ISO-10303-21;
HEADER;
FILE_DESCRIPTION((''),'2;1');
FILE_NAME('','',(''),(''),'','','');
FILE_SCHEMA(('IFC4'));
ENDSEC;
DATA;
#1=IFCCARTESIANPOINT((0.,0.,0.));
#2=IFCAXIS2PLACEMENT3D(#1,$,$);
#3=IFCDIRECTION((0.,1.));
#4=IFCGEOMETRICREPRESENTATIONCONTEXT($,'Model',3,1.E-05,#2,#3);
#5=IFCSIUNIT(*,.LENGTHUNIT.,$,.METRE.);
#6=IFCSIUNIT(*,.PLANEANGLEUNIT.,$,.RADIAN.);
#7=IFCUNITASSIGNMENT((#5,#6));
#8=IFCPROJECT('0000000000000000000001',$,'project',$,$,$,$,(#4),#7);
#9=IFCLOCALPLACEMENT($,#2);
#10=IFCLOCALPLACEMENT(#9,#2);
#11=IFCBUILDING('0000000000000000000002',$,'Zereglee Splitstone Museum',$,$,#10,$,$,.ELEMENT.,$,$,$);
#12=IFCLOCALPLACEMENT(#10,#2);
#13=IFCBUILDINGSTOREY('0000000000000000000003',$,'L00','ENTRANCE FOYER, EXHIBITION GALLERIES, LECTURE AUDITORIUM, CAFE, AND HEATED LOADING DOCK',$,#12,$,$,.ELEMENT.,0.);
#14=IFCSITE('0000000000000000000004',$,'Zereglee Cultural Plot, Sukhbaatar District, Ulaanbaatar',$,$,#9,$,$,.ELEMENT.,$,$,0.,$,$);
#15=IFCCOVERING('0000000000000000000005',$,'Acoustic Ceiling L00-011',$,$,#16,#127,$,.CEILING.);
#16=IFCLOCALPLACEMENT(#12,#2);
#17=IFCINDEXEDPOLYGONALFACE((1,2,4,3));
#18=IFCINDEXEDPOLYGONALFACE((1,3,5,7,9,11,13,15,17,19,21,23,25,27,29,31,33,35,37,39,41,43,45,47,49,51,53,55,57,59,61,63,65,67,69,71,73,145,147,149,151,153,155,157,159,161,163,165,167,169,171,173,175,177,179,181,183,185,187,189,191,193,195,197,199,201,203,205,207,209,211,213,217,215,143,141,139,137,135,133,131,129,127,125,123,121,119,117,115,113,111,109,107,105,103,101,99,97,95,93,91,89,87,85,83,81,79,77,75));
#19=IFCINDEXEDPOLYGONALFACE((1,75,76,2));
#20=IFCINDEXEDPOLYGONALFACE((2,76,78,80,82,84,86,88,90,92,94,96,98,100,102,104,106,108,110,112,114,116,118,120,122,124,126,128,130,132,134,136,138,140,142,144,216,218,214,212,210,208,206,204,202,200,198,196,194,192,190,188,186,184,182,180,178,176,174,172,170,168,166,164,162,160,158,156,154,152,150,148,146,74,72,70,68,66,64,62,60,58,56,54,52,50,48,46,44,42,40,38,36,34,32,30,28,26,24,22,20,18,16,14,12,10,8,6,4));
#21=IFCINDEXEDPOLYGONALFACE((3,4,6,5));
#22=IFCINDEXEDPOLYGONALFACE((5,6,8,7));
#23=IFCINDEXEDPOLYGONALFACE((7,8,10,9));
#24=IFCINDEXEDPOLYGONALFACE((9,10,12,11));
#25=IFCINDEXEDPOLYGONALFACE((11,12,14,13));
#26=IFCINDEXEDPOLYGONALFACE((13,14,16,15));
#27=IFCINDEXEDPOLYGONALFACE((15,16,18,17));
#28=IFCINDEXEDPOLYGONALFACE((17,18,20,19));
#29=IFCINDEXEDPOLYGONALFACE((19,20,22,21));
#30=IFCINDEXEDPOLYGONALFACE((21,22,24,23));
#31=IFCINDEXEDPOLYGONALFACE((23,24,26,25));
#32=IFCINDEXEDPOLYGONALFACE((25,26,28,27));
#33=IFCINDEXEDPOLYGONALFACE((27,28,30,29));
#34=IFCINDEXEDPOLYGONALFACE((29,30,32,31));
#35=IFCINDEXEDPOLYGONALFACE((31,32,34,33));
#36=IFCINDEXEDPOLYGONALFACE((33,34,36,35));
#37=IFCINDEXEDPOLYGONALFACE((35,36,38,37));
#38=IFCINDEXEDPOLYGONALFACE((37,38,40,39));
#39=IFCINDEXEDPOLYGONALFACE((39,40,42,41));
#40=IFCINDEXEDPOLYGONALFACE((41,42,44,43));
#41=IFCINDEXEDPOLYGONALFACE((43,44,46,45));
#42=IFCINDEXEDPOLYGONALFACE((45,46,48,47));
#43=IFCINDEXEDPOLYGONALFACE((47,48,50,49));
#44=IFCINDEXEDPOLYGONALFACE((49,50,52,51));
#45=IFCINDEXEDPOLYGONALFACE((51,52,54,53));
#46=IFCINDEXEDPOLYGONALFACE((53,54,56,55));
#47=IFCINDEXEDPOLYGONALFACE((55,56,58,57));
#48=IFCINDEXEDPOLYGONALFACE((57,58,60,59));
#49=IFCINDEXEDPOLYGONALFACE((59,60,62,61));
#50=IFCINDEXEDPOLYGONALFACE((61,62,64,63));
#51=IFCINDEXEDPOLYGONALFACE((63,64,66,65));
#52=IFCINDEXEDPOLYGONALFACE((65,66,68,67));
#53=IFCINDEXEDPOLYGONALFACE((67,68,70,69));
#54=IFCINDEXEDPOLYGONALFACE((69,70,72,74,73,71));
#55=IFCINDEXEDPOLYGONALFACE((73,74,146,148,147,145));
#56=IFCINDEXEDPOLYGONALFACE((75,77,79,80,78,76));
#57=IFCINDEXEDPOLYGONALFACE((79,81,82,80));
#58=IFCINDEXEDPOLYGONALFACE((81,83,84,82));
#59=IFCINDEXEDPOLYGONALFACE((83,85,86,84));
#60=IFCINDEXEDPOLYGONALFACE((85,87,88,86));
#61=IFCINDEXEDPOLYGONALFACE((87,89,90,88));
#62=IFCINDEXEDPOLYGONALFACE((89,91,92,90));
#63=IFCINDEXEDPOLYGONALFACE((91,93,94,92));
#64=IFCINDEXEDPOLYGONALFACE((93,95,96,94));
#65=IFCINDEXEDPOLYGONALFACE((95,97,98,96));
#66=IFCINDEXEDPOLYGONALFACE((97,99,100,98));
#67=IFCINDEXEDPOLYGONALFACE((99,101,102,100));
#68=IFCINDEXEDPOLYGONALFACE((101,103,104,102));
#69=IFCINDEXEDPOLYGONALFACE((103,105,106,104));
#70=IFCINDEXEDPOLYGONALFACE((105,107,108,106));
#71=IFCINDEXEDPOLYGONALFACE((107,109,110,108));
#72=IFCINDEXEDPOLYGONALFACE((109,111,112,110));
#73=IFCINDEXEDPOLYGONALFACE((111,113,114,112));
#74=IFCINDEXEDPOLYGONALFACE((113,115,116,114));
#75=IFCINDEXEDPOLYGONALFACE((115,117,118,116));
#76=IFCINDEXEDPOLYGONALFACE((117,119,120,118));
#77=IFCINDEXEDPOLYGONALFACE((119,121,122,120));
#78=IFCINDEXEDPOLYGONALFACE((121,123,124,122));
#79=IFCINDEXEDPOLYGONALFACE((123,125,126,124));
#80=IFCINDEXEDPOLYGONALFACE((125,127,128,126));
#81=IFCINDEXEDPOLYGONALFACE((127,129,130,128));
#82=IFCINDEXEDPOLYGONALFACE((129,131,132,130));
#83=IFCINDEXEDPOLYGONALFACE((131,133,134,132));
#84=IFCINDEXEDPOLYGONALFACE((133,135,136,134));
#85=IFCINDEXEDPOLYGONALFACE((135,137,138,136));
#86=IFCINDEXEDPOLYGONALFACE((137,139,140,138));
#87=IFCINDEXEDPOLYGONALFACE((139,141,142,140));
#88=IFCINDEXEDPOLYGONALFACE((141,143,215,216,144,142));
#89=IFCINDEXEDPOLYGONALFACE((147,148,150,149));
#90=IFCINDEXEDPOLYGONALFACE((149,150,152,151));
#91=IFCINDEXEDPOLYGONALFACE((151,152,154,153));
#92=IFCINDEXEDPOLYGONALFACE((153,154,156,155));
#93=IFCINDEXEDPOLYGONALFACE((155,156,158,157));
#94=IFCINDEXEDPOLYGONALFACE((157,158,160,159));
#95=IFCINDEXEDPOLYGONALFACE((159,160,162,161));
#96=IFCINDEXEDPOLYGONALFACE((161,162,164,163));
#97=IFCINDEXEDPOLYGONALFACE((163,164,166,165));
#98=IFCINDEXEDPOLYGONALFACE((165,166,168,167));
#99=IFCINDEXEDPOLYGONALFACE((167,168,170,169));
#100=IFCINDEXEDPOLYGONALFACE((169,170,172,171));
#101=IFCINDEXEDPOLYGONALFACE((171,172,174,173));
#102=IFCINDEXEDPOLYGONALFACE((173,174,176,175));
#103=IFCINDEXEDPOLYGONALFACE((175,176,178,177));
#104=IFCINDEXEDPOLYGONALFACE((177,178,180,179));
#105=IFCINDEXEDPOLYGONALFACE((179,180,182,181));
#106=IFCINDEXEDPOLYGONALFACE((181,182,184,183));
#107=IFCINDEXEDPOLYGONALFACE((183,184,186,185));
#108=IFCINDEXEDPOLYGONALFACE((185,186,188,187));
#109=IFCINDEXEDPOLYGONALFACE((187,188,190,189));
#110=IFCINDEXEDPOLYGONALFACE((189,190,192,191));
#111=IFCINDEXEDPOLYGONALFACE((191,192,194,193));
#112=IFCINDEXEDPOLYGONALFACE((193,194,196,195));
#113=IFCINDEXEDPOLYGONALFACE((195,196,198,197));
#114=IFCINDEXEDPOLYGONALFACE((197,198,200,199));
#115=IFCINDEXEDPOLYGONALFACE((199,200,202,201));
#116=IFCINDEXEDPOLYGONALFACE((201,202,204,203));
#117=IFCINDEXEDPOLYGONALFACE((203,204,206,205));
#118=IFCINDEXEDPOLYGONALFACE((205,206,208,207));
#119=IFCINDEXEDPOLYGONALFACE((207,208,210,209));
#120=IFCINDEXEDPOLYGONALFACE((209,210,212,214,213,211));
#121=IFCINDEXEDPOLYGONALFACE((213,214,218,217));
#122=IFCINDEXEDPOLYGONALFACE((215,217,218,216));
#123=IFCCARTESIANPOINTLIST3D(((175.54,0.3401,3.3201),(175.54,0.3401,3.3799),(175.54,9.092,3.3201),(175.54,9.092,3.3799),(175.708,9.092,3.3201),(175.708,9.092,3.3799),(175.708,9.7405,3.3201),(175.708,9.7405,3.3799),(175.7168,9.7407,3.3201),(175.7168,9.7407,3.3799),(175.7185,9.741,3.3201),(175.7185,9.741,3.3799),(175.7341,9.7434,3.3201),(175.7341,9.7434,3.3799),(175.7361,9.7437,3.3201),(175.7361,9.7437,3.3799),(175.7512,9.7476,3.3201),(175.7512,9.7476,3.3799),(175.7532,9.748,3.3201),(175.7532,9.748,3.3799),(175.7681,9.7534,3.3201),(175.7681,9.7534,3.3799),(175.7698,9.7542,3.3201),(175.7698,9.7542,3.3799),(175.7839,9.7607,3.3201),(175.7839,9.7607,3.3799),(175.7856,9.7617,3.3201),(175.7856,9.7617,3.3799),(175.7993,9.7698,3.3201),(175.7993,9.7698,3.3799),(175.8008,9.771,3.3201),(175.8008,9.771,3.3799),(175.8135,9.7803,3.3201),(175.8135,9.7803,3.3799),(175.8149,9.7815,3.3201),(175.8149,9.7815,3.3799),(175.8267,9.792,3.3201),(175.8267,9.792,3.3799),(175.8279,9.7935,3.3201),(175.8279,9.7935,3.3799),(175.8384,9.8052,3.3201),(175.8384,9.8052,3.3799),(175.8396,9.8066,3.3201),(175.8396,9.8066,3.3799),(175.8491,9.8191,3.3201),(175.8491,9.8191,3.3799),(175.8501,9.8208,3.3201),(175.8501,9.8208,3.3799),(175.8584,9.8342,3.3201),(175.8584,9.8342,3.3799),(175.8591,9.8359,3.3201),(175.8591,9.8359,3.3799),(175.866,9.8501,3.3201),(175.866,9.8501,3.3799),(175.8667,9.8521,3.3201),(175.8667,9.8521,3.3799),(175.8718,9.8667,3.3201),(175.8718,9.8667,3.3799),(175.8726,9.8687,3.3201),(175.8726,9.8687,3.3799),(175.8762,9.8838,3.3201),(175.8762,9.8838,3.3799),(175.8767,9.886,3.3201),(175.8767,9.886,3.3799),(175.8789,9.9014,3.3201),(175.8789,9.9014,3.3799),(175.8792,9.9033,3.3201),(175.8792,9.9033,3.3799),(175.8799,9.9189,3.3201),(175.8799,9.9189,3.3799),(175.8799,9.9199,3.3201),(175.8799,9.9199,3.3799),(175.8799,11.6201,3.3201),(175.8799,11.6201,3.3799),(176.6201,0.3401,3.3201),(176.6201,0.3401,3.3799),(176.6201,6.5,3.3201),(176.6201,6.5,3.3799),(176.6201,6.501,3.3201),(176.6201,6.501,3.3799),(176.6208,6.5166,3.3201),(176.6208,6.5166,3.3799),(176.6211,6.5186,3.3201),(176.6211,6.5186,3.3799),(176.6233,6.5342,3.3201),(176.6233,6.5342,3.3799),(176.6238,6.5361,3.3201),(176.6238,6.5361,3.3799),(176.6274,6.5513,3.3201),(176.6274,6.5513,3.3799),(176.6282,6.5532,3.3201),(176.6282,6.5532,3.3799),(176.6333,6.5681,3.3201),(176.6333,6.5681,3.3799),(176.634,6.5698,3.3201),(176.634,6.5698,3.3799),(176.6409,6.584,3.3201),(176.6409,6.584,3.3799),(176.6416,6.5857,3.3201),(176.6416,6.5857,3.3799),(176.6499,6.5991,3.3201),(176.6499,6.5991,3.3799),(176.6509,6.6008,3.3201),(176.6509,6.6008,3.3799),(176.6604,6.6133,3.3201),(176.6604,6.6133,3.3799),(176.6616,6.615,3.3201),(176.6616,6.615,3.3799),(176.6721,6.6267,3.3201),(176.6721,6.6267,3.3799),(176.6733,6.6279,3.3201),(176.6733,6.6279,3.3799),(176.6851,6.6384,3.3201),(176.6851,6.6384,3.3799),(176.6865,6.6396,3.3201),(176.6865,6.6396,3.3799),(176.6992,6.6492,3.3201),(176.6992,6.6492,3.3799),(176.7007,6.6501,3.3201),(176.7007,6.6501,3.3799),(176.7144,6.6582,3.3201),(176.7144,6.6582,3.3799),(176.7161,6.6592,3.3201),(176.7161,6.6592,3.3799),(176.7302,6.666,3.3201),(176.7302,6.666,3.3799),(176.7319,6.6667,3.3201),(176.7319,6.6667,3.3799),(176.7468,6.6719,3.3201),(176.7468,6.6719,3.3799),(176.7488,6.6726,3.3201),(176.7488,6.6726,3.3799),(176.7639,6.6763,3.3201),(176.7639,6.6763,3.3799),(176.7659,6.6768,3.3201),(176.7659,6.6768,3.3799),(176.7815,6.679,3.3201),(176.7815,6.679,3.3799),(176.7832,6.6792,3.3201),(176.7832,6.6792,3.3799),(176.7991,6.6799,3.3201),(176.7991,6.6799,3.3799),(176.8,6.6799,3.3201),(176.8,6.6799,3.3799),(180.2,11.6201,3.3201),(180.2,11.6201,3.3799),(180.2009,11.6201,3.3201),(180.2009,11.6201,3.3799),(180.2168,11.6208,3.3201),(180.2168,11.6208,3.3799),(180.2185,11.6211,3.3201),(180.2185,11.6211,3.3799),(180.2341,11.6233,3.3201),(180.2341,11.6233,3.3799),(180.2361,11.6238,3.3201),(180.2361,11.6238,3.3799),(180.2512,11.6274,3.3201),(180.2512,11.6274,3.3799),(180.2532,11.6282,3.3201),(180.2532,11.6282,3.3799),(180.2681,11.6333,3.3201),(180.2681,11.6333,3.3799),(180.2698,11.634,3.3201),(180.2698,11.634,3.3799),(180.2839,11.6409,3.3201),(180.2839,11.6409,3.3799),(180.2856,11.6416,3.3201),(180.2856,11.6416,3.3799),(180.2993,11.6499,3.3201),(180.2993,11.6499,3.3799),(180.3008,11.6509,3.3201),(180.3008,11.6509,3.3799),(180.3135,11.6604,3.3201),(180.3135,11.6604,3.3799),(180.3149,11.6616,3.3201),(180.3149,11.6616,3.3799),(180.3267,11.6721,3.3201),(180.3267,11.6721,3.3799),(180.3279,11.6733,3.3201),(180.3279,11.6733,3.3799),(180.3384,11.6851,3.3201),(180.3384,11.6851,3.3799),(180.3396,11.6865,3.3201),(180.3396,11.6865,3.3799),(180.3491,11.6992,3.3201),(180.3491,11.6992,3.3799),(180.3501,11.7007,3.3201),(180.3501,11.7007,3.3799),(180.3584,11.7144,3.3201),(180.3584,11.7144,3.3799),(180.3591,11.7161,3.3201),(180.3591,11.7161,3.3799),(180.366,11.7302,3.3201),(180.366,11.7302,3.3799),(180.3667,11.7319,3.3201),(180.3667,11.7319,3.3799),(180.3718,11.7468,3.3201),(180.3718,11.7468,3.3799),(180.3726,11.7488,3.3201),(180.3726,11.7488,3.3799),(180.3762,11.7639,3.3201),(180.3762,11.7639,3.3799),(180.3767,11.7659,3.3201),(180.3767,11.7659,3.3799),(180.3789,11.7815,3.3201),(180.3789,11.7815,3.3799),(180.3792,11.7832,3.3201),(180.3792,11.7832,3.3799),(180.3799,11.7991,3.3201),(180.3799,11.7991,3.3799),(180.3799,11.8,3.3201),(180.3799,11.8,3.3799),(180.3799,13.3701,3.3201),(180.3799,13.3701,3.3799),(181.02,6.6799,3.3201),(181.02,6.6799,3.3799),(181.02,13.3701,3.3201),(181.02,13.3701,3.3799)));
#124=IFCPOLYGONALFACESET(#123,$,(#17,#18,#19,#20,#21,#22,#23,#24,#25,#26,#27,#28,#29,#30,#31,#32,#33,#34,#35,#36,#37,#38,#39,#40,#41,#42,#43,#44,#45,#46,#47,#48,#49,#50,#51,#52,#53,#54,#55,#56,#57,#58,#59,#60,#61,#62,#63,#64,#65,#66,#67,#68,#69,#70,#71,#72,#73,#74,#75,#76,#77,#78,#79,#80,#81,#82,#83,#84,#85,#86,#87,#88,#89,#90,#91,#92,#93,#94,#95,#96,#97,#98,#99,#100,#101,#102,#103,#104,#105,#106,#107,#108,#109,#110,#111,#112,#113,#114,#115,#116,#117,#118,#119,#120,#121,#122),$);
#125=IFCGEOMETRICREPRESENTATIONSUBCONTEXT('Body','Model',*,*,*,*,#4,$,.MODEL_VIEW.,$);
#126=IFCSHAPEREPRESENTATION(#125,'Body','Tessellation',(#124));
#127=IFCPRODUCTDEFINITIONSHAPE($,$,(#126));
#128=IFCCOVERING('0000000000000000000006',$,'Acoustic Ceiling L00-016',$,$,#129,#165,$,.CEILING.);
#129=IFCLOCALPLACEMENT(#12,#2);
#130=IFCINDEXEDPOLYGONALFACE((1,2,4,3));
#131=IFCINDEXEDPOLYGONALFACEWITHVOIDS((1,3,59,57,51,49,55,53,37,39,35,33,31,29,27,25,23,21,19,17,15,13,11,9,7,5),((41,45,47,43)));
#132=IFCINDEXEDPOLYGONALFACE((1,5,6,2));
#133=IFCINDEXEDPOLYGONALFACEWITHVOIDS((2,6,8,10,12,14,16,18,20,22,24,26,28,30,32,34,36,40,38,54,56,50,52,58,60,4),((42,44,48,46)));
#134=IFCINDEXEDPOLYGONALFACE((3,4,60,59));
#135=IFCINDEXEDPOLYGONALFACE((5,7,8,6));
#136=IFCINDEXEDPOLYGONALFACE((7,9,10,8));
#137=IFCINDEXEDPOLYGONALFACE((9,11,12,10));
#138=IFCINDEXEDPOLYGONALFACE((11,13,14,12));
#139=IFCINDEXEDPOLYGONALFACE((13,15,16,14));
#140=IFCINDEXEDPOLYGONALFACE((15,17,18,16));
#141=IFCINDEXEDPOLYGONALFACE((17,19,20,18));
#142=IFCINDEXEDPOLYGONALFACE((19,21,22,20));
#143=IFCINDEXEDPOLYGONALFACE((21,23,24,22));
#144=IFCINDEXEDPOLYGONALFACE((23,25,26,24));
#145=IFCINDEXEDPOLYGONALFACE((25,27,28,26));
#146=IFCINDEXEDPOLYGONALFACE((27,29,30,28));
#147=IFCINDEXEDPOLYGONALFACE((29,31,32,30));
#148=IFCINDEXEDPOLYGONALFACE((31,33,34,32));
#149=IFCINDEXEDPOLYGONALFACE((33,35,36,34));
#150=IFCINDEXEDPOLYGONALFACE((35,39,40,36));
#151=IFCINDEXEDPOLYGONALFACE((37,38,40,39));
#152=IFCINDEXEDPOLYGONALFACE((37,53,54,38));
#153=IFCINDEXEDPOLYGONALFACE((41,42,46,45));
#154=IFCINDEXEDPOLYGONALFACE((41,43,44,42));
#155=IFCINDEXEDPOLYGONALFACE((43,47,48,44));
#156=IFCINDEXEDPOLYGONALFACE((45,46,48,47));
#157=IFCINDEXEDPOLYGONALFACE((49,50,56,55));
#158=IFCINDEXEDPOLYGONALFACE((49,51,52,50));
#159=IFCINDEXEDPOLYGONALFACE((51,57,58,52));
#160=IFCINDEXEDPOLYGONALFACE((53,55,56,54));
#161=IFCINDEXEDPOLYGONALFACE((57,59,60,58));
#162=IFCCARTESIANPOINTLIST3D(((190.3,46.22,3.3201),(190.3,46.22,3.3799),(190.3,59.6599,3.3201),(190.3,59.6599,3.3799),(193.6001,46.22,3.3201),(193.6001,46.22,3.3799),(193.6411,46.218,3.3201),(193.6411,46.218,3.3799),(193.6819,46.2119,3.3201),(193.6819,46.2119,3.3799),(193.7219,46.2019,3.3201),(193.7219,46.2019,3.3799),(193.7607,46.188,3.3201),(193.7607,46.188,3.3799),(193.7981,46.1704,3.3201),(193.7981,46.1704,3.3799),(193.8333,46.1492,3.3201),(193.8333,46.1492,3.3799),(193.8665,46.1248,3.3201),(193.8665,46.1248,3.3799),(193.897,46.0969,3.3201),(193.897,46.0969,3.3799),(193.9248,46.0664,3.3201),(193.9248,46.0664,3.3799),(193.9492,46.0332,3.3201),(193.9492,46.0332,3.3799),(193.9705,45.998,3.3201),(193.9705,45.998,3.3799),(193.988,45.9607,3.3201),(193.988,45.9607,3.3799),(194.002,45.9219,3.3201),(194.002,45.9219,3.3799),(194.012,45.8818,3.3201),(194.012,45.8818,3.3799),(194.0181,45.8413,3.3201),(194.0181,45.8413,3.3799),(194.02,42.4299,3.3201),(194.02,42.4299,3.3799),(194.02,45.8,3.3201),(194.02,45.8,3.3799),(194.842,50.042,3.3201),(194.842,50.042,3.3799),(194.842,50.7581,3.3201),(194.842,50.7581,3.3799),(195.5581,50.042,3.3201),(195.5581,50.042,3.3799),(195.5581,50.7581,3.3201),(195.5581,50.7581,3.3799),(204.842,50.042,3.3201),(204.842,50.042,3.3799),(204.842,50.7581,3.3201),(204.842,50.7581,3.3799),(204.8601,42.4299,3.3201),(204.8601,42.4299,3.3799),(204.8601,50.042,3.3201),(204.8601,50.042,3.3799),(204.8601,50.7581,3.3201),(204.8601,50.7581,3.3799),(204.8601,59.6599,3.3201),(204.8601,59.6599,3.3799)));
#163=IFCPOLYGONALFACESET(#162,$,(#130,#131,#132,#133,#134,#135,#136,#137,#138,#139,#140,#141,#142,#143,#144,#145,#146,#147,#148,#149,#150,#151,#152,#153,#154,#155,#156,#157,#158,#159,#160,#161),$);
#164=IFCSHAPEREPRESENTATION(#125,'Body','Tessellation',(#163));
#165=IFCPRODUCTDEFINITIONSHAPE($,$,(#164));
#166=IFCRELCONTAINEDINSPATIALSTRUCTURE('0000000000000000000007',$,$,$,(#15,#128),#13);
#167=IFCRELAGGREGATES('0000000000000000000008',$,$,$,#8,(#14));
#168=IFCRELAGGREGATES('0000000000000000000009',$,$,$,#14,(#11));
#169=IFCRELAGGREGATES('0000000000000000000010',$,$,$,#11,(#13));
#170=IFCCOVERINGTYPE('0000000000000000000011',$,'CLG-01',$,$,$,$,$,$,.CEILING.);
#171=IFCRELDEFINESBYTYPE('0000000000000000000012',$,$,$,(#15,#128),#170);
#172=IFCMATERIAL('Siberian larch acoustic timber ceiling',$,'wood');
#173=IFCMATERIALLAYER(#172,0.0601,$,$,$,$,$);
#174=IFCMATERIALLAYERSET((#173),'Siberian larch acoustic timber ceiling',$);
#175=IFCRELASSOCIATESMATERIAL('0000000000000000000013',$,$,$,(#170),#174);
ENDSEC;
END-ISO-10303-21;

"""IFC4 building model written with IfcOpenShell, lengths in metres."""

from ifc_helpers import new_model, si_unit, direction, frame, origin, place, context, subcontext, project, spatial, polyline, outline, extrude, material, layer, layer_set, type_object, element, save


model = new_model("IFC4")

# Units and contexts
model_context = context("Model", 3, precision=1e-05, world=origin(), true_north=direction((0.0, 1.0)))
body_context = subcontext(model_context, "Body", "Model", "MODEL_VIEW")
ifc_project = project(units=[si_unit("LENGTHUNIT", "METRE"), si_unit("PLANEANGLEUNIT", "RADIAN")], contexts=[model_context])

# Site, building, storey
site_placement = place(None, origin())
site = spatial("IfcSite", under=ifc_project, at=site_placement, Name="Zereglee Cultural Plot, Sukhbaatar District, Ulaanbaatar", CompositionType="ELEMENT", RefElevation=0.0)
building_placement = place(site_placement, origin())
building = spatial("IfcBuilding", under=site, at=building_placement, Name="Zereglee Splitstone Museum", CompositionType="ELEMENT")
storey_placement = place(building_placement, origin())
storey = spatial("IfcBuildingStorey", under=building, at=storey_placement, Name="L00", Description="ENTRANCE FOYER, EXHIBITION GALLERIES, LECTURE AUDITORIUM, CAFE, AND HEATED LOADING DOCK", CompositionType="ELEMENT", Elevation=0.0)

# Coverings
ifc_material_1 = material(Name="Siberian larch acoustic timber ceiling", Category="wood")
ifc_layer_1 = layer(ifc_material_1, 0.0601)
ifc_layer_set_1 = layer_set([ifc_layer_1], Name="Siberian larch acoustic timber ceiling")
covering_type_1 = type_object("IfcCoveringType", Name="CLG-01", PredefinedType="CEILING", material=ifc_layer_set_1)
covering_1_placement = place(storey_placement, frame((0.0, 0.0, 3.3201)))
element("IfcCovering", 1, at=covering_1_placement, inside=storey, type_object=covering_type_1, Name="Acoustic Ceiling L00-011", PredefinedType="CEILING", context=body_context, shape_type="SweptSolid", body=[
    extrude(outline(polyline([(175.7168, 9.7407), (175.7185, 9.741), (175.7341, 9.7434), (175.7361, 9.7437), (175.7512, 9.7476), (175.7532, 9.748), (175.7681, 9.7534), (175.7698, 9.7542), (175.7839, 9.7607), (175.7856, 9.7617), (175.7993, 9.7698), (175.8008, 9.771), (175.8135, 9.7803), (175.8149, 9.7815), (175.8267, 9.792), (175.8279, 9.7935), (175.8384, 9.8052), (175.8396, 9.8066), (175.8491, 9.8191), (175.8501, 9.8208), (175.8584, 9.8342), (175.8591, 9.8359), (175.866, 9.8501), (175.8667, 9.8521), (175.8718, 9.8667), (175.8726, 9.8687), (175.8762, 9.8838), (175.8767, 9.886), (175.8789, 9.9014), (175.8792, 9.9033), (175.8799, 9.9189), (175.8799, 9.9199), (175.8799, 11.6201), (180.2, 11.6201), (180.2009, 11.6201), (180.2168, 11.6208), (180.2185, 11.6211), (180.2341, 11.6233), (180.2361, 11.6238), (180.2512, 11.6274), (180.2532, 11.6282), (180.2681, 11.6333), (180.2698, 11.634), (180.2839, 11.6409), (180.2856, 11.6416), (180.2993, 11.6499), (180.3008, 11.6509), (180.3135, 11.6604), (180.3149, 11.6616), (180.3267, 11.6721), (180.3279, 11.6733), (180.3384, 11.6851), (180.3396, 11.6865), (180.3491, 11.6992), (180.3501, 11.7007), (180.3584, 11.7144), (180.3591, 11.7161), (180.366, 11.7302), (180.3667, 11.7319), (180.3718, 11.7468), (180.3726, 11.7488), (180.3762, 11.7639), (180.3767, 11.7659), (180.3789, 11.7815), (180.3792, 11.7832), (180.3799, 11.7991), (180.3799, 11.8), (180.3799, 13.3701), (181.02, 13.3701), (181.02, 6.6799), (176.8, 6.6799), (176.7991, 6.6799), (176.7832, 6.6792), (176.7815, 6.679), (176.7659, 6.6768), (176.7639, 6.6763), (176.7488, 6.6726), (176.7468, 6.6719), (176.7319, 6.6667), (176.7302, 6.666), (176.7161, 6.6592), (176.7144, 6.6582), (176.7007, 6.6501), (176.6992, 6.6492), (176.6865, 6.6396), (176.6851, 6.6384), (176.6733, 6.6279), (176.6721, 6.6267), (176.6616, 6.615), (176.6604, 6.6133), (176.6509, 6.6008), (176.6499, 6.5991), (176.6416, 6.5857), (176.6409, 6.584), (176.634, 6.5698), (176.6333, 6.5681), (176.6282, 6.5532), (176.6274, 6.5513), (176.6238, 6.5361), (176.6233, 6.5342), (176.6211, 6.5186), (176.6208, 6.5166), (176.6201, 6.501), (176.6201, 6.5), (176.6201, 0.3401), (175.54, 0.3401), (175.54, 9.092), (175.708, 9.092), (175.708, 9.7405), (175.7168, 9.7407)])), origin(), (0.0, 0.0, 1.0), 0.0598),
])
covering_2_placement = place(storey_placement, frame((0.0, 0.0, 3.3201)))
element("IfcCovering", 2, at=covering_2_placement, inside=storey, type_object=covering_type_1, Name="Acoustic Ceiling L00-016", PredefinedType="CEILING", context=body_context, shape_type="SweptSolid", body=[
    extrude(outline(polyline([(194.02, 45.8), (194.0181, 45.8413), (194.012, 45.8818), (194.002, 45.9219), (193.988, 45.9607), (193.9705, 45.998), (193.9492, 46.0332), (193.9248, 46.0664), (193.897, 46.0969), (193.8665, 46.1248), (193.8333, 46.1492), (193.7981, 46.1704), (193.7607, 46.188), (193.7219, 46.2019), (193.6819, 46.2119), (193.6411, 46.218), (193.6001, 46.22), (190.3, 46.22), (190.3, 59.6599), (204.8601, 59.6599), (204.8601, 50.7581), (204.842, 50.7581), (204.842, 50.042), (204.8601, 50.042), (204.8601, 42.4299), (194.02, 42.4299), (194.02, 45.8)]), holes=[polyline([(194.842, 50.7581), (194.842, 50.042), (195.5581, 50.042), (195.5581, 50.7581), (194.842, 50.7581)])]), origin(), (0.0, 0.0, 1.0), 0.0598),
])

save(model, "model.ifc")
